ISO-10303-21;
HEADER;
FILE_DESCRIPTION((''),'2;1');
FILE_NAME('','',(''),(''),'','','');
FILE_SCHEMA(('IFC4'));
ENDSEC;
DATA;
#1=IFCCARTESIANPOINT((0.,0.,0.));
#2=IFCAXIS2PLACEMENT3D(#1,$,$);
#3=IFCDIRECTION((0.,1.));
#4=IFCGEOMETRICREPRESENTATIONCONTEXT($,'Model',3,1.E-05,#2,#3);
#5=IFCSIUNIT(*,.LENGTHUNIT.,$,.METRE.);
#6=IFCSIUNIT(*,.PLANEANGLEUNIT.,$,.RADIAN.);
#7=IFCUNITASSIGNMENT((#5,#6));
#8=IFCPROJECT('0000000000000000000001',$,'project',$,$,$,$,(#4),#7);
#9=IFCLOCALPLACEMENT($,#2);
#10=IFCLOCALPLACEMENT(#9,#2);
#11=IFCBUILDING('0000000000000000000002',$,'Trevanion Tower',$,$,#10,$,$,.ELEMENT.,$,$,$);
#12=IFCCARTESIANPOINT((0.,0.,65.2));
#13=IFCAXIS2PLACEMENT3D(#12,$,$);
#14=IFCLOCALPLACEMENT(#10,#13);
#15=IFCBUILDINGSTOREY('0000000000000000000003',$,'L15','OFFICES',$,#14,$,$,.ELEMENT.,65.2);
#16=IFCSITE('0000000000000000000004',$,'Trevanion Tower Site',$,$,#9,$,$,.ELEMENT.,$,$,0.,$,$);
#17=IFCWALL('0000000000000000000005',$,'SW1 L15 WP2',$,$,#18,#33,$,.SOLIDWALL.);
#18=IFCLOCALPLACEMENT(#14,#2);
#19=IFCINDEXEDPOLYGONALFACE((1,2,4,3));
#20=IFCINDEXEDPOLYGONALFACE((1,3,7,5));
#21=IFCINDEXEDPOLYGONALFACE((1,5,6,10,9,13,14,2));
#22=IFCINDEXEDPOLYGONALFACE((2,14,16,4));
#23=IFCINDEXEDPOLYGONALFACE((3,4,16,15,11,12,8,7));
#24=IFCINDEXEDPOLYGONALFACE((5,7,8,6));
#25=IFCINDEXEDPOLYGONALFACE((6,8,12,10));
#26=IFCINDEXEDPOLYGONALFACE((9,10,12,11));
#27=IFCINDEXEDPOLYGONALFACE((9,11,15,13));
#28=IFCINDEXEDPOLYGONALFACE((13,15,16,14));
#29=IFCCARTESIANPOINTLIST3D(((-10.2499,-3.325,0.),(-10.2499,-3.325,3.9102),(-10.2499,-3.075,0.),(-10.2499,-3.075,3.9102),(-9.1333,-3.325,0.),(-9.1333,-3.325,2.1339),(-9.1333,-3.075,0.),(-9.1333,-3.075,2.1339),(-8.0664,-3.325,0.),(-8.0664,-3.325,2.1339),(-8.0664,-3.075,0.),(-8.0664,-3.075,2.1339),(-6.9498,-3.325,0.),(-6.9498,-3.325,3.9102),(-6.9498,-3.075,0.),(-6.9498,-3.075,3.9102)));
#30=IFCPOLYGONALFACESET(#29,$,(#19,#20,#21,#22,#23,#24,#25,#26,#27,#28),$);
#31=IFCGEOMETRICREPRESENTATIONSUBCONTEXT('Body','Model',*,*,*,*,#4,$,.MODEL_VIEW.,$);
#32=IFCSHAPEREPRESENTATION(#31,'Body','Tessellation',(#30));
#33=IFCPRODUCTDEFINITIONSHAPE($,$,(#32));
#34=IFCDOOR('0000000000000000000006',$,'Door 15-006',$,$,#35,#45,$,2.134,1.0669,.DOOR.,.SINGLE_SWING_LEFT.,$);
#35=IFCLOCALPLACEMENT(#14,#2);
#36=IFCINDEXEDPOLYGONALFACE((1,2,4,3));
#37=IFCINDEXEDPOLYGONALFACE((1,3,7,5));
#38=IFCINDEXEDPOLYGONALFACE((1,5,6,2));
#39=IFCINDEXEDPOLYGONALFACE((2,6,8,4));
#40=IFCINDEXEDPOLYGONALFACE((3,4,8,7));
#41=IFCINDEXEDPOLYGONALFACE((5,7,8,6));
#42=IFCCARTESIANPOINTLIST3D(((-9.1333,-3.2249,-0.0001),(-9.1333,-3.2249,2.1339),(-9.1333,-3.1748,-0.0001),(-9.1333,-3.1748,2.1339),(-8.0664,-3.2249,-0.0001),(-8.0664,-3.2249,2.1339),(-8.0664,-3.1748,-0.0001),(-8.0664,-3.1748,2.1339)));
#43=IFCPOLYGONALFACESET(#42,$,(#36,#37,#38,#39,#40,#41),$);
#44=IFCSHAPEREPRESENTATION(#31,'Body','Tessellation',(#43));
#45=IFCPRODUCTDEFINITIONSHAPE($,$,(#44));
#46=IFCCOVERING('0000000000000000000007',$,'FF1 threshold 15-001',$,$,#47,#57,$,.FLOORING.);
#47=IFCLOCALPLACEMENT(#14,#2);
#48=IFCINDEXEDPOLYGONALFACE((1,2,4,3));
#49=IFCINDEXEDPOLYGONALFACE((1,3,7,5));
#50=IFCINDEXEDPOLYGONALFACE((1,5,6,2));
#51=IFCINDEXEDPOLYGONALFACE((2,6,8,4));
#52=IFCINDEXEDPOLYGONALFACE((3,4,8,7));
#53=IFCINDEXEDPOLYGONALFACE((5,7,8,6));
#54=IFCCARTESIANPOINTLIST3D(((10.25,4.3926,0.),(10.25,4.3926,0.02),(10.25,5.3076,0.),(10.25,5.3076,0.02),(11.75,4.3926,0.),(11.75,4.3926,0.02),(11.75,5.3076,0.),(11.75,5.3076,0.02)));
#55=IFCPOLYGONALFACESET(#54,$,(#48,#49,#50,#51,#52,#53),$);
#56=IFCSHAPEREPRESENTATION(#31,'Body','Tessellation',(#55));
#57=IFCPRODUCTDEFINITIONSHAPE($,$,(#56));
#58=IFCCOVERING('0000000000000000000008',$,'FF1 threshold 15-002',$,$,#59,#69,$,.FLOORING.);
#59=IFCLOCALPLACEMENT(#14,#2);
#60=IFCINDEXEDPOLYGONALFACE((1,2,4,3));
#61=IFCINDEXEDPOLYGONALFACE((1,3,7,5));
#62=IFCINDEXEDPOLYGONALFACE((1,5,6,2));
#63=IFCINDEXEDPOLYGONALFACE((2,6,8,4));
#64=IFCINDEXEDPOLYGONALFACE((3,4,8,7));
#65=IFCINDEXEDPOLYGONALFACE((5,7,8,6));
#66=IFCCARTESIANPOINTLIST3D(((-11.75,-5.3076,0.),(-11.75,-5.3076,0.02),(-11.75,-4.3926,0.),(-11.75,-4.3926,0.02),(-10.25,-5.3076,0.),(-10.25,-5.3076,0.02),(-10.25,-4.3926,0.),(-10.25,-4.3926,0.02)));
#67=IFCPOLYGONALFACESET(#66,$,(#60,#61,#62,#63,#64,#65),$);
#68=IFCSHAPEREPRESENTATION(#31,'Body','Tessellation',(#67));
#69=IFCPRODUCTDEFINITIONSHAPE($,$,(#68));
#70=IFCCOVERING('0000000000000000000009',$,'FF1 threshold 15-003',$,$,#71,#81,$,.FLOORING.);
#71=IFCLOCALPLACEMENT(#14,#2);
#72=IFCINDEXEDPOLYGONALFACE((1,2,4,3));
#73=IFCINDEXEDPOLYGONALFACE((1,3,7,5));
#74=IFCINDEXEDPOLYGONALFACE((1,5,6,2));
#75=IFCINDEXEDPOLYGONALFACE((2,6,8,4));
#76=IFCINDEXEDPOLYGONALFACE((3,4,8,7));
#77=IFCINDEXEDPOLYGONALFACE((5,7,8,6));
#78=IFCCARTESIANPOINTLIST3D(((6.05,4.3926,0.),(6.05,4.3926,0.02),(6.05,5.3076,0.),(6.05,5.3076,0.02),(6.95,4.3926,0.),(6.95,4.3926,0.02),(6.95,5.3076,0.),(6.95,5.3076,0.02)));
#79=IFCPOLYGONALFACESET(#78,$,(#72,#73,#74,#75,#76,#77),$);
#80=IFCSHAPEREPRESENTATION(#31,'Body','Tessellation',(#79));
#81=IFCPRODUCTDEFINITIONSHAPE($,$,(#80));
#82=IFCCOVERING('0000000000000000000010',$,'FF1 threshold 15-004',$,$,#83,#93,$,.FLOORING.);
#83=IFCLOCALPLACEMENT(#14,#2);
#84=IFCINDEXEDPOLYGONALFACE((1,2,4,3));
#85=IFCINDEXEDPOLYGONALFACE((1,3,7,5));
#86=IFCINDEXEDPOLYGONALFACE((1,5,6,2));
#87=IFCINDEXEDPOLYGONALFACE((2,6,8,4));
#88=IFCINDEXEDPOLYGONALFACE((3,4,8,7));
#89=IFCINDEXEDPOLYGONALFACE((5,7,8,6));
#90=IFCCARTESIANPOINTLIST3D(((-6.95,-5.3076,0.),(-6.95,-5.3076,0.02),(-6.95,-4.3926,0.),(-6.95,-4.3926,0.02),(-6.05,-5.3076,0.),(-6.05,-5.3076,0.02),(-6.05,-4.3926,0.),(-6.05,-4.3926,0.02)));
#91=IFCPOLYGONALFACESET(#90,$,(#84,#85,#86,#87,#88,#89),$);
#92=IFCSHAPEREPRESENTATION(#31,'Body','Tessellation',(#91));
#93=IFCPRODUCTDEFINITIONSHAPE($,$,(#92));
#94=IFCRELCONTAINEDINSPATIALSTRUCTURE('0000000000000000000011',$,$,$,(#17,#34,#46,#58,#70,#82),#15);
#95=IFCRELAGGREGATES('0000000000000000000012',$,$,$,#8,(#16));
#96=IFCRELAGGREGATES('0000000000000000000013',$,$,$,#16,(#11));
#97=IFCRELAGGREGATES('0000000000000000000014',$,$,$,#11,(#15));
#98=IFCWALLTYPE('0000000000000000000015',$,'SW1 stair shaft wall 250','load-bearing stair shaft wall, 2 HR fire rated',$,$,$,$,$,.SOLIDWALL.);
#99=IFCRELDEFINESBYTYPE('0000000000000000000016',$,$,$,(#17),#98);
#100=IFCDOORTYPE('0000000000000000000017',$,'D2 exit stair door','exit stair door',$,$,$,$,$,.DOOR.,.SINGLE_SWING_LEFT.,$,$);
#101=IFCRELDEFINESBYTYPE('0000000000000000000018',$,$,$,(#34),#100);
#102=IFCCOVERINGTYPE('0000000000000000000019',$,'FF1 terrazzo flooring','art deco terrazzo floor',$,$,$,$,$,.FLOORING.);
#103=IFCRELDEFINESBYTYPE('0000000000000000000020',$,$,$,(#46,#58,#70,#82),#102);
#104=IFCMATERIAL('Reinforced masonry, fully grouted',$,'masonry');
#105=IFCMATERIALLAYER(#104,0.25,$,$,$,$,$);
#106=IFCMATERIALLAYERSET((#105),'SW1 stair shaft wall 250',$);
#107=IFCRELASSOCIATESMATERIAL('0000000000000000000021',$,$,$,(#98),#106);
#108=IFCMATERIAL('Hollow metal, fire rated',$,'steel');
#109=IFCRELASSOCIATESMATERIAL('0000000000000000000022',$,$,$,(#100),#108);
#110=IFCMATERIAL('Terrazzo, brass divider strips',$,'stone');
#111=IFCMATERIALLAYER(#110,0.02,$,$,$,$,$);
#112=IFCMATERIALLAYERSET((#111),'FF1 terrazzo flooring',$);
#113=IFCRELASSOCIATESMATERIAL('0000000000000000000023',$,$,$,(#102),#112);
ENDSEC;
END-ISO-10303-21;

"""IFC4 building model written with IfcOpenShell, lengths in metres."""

from ifc_helpers import new_model, si_unit, direction, frame, frame_2d, origin, place, context, subcontext, project, spatial, polyline, rectangle, outline, extrude, material, layer, layer_set, type_object, element, fill, save


model = new_model("IFC4")

# Units and contexts
model_context = context("Model", 3, precision=1e-05, world=origin(), true_north=direction((0.0, 1.0)))
body_context = subcontext(model_context, "Body", "Model", "MODEL_VIEW")
ifc_project = project(units=[si_unit("LENGTHUNIT", "METRE"), si_unit("PLANEANGLEUNIT", "RADIAN")], contexts=[model_context])

# Site, building, storey
site_placement = place(None, origin())
site = spatial("IfcSite", under=ifc_project, at=site_placement, Name="Trevanion Tower Site", CompositionType="ELEMENT", RefElevation=0.0)
building_placement = place(site_placement, origin())
building = spatial("IfcBuilding", under=site, at=building_placement, Name="Trevanion Tower", CompositionType="ELEMENT")
storey_placement = place(building_placement, frame((0.0, 0.0, 65.2)))
storey = spatial("IfcBuildingStorey", under=building, at=storey_placement, Name="L15", Description="OFFICES", CompositionType="ELEMENT", Elevation=65.2)

# Wall, opening, door
ifc_material_1 = material(Name="Reinforced masonry, fully grouted", Category="masonry")
ifc_layer_1 = layer(ifc_material_1, 0.25)
ifc_layer_set_1 = layer_set([ifc_layer_1], Name="SW1 stair shaft wall 250")
wall_type_1 = type_object("IfcWallType", Name="SW1 stair shaft wall 250", Description="load-bearing stair shaft wall, 2 HR fire rated", PredefinedType="SOLIDWALL", material=ifc_layer_set_1)
wall_1_placement = place(storey_placement, frame((-6.95, -3.2, 0.0), z_axis=(0.0, 0.0, 1.0), x_axis=(-1.0, 0.0, 0.0)))
wall_1 = element("IfcWall", 1, at=wall_1_placement, inside=storey, type_object=wall_type_1, Name="SW1 L15 WP2", PredefinedType="SOLIDWALL", context=body_context, shape_type="SweptSolid", body=[
    extrude(rectangle(XDim=3.3, YDim=0.25, at=frame_2d((1.6499, 0.0))), origin(), (0.0, 0.0, 1.0), 3.9102),
])
opening_1_placement = place(wall_1_placement, frame((1.1165, 0.0, 0.0)))
opening_1 = element("IfcOpeningElement", 2, at=opening_1_placement, cuts=wall_1, PredefinedType="OPENING", context=body_context, shape_type="SweptSolid", body=[
    extrude(rectangle(XDim=1.0669, YDim=2.134, at=frame_2d((0.5334, 1.0669))), frame((0.0, 0.135, 0.0), z_axis=(0.0, -1.0, 0.0), x_axis=(1.0, 0.0, 0.0)), (0.0, 0.0, 1.0), 0.27),
])
ifc_material_2 = material(Name="Hollow metal, fire rated", Category="steel")
door_type_1 = type_object("IfcDoorType", Name="D2 exit stair door", Description="exit stair door", OperationType="SINGLE_SWING_LEFT", PredefinedType="DOOR", material=ifc_material_2)
door_1_placement = place(opening_1_placement, origin())
door_1 = element("IfcDoor", 3, at=door_1_placement, inside=storey, type_object=door_type_1, Name="Door 15-006", OperationType="SINGLE_SWING_LEFT", OverallHeight=2.134, OverallWidth=1.0669, PredefinedType="DOOR", context=body_context, shape_type="SweptSolid", body=[
    extrude(rectangle(XDim=1.0669, YDim=2.134, at=frame_2d((0.5334, 1.0669))), frame((0.0, 0.0249, 0.0), z_axis=(0.0, -1.0, 0.0), x_axis=(1.0, 0.0, 0.0)), (0.0, 0.0, 1.0), 0.05),
])
fill(opening_1, door_1)

# Coverings
ifc_material_3 = material(Name="Terrazzo, brass divider strips", Category="stone")
ifc_layer_2 = layer(ifc_material_3, 0.02)
ifc_layer_set_2 = layer_set([ifc_layer_2], Name="FF1 terrazzo flooring")
covering_type = type_object("IfcCoveringType", Name="FF1 terrazzo flooring", Description="art deco terrazzo floor", PredefinedType="FLOORING", material=ifc_layer_set_2)
covering_1_placement = place(storey_placement, origin())
element("IfcCovering", 4, at=covering_1_placement, inside=storey, type_object=covering_type, Name="FF1 threshold 15-001", PredefinedType="FLOORING", context=body_context, shape_type="SweptSolid", body=[
    extrude(outline(polyline([(11.75, 4.3926), (11.75, 5.3076), (10.25, 5.3076), (10.25, 4.3926), (11.75, 4.3926)])), origin(), (0.0, 0.0, 1.0), 0.02),
])
covering_2_placement = place(storey_placement, origin())
element("IfcCovering", 5, at=covering_2_placement, inside=storey, type_object=covering_type, Name="FF1 threshold 15-002", PredefinedType="FLOORING", context=body_context, shape_type="SweptSolid", body=[
    extrude(outline(polyline([(-11.75, -4.3926), (-11.75, -5.3076), (-10.25, -5.3076), (-10.25, -4.3926), (-11.75, -4.3926)])), origin(), (0.0, 0.0, 1.0), 0.02),
])
covering_3_placement = place(storey_placement, origin())
element("IfcCovering", 6, at=covering_3_placement, inside=storey, type_object=covering_type, Name="FF1 threshold 15-003", PredefinedType="FLOORING", context=body_context, shape_type="SweptSolid", body=[
    extrude(outline(polyline([(6.95, 4.3926), (6.95, 5.3076), (6.05, 5.3076), (6.05, 4.3926), (6.95, 4.3926)])), origin(), (0.0, 0.0, 1.0), 0.02),
])
covering_4_placement = place(storey_placement, origin())
element("IfcCovering", 7, at=covering_4_placement, inside=storey, type_object=covering_type, Name="FF1 threshold 15-004", PredefinedType="FLOORING", context=body_context, shape_type="SweptSolid", body=[
    extrude(outline(polyline([(-6.95, -4.3926), (-6.95, -5.3076), (-6.05, -5.3076), (-6.05, -4.3926), (-6.95, -4.3926)])), origin(), (0.0, 0.0, 1.0), 0.02),
])

save(model, "model.ifc")
